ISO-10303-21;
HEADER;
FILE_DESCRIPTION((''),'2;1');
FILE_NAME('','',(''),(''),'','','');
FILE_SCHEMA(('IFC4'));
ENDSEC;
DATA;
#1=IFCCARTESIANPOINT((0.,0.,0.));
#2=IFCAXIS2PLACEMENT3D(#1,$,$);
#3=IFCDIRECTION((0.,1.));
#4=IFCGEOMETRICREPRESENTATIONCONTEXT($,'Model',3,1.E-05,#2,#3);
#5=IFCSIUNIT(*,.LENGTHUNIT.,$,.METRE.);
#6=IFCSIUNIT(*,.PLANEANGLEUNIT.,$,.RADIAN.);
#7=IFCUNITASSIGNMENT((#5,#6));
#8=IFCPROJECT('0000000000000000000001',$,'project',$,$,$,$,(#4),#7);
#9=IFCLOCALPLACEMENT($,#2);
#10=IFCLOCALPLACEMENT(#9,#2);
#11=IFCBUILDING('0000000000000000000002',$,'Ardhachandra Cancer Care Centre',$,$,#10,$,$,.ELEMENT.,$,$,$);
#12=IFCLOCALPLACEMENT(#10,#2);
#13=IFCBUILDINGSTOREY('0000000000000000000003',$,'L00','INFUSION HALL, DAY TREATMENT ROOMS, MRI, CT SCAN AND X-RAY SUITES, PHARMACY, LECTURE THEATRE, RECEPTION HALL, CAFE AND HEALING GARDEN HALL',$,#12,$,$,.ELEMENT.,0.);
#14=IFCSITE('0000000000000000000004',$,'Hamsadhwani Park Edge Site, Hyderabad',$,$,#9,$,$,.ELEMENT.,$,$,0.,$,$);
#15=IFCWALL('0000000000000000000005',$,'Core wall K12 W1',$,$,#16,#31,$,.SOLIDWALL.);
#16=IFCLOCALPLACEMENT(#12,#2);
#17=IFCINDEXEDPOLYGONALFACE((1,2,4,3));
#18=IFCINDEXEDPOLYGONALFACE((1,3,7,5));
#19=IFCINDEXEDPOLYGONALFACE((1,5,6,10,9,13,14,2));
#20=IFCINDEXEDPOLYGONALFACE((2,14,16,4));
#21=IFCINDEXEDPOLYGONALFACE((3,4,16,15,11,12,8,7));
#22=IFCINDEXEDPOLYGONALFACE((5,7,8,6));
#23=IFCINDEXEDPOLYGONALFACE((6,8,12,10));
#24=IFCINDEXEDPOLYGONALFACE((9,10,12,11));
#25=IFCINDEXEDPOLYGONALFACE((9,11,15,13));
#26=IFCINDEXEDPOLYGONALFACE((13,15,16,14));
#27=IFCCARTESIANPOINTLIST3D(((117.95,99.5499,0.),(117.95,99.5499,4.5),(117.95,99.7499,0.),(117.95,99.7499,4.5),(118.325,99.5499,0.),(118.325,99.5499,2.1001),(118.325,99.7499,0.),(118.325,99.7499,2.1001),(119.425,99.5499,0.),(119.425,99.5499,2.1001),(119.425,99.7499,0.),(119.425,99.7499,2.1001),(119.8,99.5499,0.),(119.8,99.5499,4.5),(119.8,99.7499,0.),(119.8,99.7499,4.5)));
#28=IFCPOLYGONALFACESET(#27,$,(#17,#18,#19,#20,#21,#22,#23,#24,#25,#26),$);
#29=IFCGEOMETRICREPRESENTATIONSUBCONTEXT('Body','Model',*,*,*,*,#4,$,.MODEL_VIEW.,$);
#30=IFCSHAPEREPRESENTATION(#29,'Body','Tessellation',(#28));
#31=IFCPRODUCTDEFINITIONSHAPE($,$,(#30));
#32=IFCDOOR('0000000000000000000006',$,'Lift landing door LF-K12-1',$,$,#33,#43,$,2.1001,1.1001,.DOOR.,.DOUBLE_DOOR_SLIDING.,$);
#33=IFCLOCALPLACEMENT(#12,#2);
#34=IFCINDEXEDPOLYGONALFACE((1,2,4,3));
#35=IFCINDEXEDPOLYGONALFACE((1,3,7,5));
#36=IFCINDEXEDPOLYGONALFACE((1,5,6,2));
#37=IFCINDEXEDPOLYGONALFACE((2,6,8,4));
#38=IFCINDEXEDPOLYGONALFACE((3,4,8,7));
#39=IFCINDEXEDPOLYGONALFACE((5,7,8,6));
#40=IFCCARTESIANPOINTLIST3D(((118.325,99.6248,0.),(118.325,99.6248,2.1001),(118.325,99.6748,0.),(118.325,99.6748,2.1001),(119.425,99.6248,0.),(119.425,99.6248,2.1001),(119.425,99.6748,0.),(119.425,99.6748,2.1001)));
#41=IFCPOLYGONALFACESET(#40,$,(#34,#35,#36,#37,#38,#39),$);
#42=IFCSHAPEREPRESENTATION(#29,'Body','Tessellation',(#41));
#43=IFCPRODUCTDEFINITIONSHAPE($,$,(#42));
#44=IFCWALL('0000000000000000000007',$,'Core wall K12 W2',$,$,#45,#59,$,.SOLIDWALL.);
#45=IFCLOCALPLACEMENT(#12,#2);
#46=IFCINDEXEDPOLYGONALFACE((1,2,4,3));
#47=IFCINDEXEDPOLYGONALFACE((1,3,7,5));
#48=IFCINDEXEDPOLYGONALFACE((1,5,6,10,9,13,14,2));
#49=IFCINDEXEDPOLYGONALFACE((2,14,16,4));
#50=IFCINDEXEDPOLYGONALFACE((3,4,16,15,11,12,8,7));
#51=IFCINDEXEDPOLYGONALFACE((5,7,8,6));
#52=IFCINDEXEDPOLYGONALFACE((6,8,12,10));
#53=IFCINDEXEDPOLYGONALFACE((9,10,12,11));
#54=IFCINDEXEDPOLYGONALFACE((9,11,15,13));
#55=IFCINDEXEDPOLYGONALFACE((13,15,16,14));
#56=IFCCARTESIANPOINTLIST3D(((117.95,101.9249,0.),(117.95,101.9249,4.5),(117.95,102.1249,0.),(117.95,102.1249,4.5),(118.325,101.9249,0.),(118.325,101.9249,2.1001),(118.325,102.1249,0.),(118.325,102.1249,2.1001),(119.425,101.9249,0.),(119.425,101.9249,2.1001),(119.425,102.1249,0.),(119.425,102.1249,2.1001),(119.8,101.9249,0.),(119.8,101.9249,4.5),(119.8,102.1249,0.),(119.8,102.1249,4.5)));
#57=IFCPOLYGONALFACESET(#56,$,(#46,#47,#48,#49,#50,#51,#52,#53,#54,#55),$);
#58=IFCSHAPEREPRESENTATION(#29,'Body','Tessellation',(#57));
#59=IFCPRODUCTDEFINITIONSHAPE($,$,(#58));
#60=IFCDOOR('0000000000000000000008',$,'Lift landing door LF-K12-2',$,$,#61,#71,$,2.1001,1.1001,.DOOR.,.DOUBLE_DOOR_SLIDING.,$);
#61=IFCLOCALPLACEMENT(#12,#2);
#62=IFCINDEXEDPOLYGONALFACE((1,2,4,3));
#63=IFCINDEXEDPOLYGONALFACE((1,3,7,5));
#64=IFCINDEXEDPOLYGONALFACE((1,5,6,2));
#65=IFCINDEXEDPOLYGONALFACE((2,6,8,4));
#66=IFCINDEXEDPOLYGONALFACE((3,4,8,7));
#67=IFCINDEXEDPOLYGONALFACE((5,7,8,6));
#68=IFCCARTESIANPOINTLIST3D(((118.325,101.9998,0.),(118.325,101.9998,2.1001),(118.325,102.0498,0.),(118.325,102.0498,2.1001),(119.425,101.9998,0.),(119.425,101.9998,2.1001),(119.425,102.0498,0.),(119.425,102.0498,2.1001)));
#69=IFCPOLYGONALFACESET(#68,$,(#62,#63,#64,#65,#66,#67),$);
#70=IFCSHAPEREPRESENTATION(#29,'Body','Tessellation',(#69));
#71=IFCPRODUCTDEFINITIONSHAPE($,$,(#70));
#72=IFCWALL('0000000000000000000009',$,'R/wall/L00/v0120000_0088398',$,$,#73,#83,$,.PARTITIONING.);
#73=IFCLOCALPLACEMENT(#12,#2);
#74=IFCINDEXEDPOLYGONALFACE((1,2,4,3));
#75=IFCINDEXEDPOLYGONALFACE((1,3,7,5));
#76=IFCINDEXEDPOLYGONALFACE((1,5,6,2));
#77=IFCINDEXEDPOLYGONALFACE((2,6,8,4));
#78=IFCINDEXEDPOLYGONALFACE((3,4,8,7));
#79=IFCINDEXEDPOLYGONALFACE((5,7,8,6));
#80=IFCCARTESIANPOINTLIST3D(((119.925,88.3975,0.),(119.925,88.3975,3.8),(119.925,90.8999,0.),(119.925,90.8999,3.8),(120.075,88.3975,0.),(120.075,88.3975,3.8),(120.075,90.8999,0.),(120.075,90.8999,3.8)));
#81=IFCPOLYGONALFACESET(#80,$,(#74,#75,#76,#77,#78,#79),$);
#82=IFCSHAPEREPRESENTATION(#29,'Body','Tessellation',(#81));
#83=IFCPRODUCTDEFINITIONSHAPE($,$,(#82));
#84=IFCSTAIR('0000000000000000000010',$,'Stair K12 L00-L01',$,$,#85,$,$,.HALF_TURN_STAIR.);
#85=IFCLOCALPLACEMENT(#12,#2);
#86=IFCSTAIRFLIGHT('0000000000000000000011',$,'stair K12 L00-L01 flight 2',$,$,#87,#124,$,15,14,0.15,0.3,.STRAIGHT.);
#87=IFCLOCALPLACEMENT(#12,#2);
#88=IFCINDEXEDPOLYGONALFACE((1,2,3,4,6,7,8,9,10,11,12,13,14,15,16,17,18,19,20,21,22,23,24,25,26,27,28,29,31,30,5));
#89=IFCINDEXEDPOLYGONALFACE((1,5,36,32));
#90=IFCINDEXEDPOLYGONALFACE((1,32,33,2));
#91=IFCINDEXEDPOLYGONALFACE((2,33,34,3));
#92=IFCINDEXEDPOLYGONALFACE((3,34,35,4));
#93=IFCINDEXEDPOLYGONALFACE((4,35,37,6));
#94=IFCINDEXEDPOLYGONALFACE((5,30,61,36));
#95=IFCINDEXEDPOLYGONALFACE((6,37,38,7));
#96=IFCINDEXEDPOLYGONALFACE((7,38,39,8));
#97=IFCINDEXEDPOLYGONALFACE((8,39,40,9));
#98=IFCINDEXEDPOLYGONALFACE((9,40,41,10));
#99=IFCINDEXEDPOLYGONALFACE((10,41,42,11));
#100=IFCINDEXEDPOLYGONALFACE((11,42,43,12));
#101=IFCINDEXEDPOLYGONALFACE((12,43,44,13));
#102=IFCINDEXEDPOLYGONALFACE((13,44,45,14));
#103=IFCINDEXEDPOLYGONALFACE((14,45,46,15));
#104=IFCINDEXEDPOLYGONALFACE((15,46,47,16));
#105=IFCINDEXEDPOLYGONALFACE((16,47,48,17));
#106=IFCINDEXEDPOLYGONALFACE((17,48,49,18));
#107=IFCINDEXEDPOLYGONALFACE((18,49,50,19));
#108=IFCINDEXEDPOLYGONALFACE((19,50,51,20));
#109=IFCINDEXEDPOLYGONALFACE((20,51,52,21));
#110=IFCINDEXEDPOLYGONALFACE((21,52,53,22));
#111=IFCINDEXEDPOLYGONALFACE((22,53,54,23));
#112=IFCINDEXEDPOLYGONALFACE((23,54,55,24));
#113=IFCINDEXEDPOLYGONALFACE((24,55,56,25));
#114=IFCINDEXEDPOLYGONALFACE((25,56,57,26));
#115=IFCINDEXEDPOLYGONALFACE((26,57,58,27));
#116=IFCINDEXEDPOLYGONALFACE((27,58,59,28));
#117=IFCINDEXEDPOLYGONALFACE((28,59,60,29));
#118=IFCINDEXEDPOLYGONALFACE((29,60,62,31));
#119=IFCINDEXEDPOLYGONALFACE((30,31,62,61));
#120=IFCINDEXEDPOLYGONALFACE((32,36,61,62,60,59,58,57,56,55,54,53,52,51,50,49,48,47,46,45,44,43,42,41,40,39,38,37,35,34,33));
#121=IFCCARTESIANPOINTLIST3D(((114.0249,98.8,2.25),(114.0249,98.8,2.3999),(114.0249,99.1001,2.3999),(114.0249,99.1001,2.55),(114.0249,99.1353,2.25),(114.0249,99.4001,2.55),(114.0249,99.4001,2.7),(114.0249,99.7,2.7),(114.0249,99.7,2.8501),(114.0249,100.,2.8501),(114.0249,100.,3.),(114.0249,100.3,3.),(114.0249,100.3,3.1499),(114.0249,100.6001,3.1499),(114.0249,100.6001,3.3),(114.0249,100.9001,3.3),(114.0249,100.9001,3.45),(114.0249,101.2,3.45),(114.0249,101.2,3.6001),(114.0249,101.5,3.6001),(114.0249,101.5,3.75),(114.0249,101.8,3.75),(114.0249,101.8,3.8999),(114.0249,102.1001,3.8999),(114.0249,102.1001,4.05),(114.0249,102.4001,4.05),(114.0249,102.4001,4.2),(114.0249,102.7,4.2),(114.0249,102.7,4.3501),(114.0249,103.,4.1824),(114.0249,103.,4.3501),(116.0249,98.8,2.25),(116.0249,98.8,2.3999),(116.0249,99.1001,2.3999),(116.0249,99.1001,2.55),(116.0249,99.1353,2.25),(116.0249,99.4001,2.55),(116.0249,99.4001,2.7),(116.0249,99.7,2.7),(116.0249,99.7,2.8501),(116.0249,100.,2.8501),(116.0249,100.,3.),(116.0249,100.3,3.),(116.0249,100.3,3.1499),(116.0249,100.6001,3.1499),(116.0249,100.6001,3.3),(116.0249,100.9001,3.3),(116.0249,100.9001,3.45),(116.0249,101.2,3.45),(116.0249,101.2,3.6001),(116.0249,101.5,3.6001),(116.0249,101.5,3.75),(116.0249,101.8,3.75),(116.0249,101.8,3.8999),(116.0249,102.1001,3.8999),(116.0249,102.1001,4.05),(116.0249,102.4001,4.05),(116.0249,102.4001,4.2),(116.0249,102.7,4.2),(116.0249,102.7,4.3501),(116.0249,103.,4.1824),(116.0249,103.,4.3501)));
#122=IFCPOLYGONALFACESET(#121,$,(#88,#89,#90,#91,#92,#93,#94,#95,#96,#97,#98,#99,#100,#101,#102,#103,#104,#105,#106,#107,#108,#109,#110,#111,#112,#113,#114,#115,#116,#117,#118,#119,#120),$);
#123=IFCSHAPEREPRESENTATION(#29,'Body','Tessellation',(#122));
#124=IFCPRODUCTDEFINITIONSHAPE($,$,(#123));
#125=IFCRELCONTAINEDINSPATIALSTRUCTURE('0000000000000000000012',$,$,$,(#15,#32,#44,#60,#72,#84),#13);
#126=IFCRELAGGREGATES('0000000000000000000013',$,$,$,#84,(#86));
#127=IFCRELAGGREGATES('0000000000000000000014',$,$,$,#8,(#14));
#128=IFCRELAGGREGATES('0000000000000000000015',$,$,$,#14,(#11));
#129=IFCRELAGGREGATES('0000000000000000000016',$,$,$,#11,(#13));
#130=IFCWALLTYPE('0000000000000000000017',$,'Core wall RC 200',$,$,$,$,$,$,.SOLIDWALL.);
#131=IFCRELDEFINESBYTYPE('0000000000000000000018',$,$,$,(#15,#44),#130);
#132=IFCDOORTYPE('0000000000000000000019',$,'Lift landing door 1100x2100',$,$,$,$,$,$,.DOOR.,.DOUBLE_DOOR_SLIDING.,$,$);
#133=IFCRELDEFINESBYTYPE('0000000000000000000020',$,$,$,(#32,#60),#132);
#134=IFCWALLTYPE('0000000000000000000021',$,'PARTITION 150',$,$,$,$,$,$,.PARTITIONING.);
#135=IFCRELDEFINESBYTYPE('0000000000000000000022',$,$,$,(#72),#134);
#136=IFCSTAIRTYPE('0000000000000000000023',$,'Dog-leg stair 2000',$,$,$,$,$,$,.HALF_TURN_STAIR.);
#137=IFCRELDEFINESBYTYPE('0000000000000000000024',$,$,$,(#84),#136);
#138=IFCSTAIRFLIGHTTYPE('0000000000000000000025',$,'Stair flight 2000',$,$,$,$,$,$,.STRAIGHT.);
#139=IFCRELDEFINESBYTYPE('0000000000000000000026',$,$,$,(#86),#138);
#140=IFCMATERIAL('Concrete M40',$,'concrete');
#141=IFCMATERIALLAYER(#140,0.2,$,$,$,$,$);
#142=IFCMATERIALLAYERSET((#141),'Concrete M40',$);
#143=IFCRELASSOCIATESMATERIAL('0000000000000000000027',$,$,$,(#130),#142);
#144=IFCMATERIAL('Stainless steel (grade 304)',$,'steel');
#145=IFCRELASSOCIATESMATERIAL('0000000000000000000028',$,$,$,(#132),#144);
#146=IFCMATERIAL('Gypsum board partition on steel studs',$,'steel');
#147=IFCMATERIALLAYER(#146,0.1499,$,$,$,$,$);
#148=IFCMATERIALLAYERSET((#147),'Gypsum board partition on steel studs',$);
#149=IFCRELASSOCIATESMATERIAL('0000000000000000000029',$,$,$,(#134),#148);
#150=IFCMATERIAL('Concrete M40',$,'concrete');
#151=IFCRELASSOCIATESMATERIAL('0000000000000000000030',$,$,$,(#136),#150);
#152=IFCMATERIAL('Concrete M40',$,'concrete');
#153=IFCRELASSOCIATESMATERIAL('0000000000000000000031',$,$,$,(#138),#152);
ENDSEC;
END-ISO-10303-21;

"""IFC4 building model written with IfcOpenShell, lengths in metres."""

from ifc_helpers import new_model, si_unit, direction, frame, frame_2d, origin, place, context, subcontext, project, spatial, polyline, rectangle, outline, extrude, material, layer, layer_set, type_object, element, fill, aggregate, save


model = new_model("IFC4")

# Units and contexts
model_context = context("Model", 3, precision=1e-05, world=origin(), true_north=direction((0.0, 1.0)))
body_context = subcontext(model_context, "Body", "Model", "MODEL_VIEW")
ifc_project = project(units=[si_unit("LENGTHUNIT", "METRE"), si_unit("PLANEANGLEUNIT", "RADIAN")], contexts=[model_context])

# Site, building, storey
site_placement = place(None, origin())
site = spatial("IfcSite", under=ifc_project, at=site_placement, Name="Hamsadhwani Park Edge Site, Hyderabad", CompositionType="ELEMENT", RefElevation=0.0)
building_placement = place(site_placement, origin())
building = spatial("IfcBuilding", under=site, at=building_placement, Name="Ardhachandra Cancer Care Centre", CompositionType="ELEMENT")
storey_placement = place(building_placement, origin())
storey = spatial("IfcBuildingStorey", under=building, at=storey_placement, Name="L00", Description="INFUSION HALL, DAY TREATMENT ROOMS, MRI, CT SCAN AND X-RAY SUITES, PHARMACY, LECTURE THEATRE, RECEPTION HALL, CAFE AND HEALING GARDEN HALL", CompositionType="ELEMENT", Elevation=0.0)

# Shared definitions
ifc_material_1 = material(Name="Concrete M40", Category="concrete")
ifc_layer_1 = layer(ifc_material_1, 0.2)
ifc_layer_set_1 = layer_set([ifc_layer_1], Name="Concrete M40")
wall_type_1 = type_object("IfcWallType", Name="Core wall RC 200", PredefinedType="SOLIDWALL", material=ifc_layer_set_1)

# Walls, openings, doors
wall_1_placement = place(storey_placement, frame((117.95, 99.6499, 0.0), z_axis=(0.0, 0.0, 1.0), x_axis=(1.0, 0.0, 0.0)))
wall_1 = element("IfcWall", 1, at=wall_1_placement, inside=storey, type_object=wall_type_1, Name="Core wall K12 W1", PredefinedType="SOLIDWALL", context=body_context, shape_type="SweptSolid", body=[
    extrude(rectangle(XDim=1.8501, YDim=0.2, at=frame_2d((0.925, 0.0))), origin(), (0.0, 0.0, 1.0), 4.5),
])
opening_1_placement = place(wall_1_placement, frame((0.375, 0.0, 0.0)))
opening_1 = element("IfcOpeningElement", 2, at=opening_1_placement, cuts=wall_1, PredefinedType="OPENING", context=body_context, shape_type="SweptSolid", body=[
    extrude(rectangle(XDim=1.1001, YDim=2.1001, at=frame_2d((0.55, 1.05))), frame((0.0, 0.1099, 0.0), z_axis=(0.0, -1.0, 0.0), x_axis=(1.0, 0.0, 0.0)), (0.0, 0.0, 1.0), 0.22),
])
ifc_material_2 = material(Name="Stainless steel (grade 304)", Category="steel")
door_type_1 = type_object("IfcDoorType", Name="Lift landing door 1100x2100", OperationType="DOUBLE_DOOR_SLIDING", PredefinedType="DOOR", material=ifc_material_2)
door_1_placement = place(opening_1_placement, origin())
door_1 = element("IfcDoor", 3, at=door_1_placement, inside=storey, type_object=door_type_1, Name="Lift landing door LF-K12-1", OperationType="DOUBLE_DOOR_SLIDING", OverallHeight=2.1001, OverallWidth=1.1001, PredefinedType="DOOR", context=body_context, shape_type="SweptSolid", body=[
    extrude(rectangle(XDim=1.1001, YDim=2.1001, at=frame_2d((0.55, 1.05))), frame((0.0, 0.0249, 0.0), z_axis=(0.0, -1.0, 0.0), x_axis=(1.0, 0.0, 0.0)), (0.0, 0.0, 1.0), 0.05),
])
fill(opening_1, door_1)
wall_2_placement = place(storey_placement, frame((117.95, 102.0249, 0.0), z_axis=(0.0, 0.0, 1.0), x_axis=(1.0, 0.0, 0.0)))
wall_2 = element("IfcWall", 4, at=wall_2_placement, inside=storey, type_object=wall_type_1, Name="Core wall K12 W2", PredefinedType="SOLIDWALL", context=body_context, shape_type="SweptSolid", body=[
    extrude(rectangle(XDim=1.8501, YDim=0.2, at=frame_2d((0.925, 0.0))), origin(), (0.0, 0.0, 1.0), 4.5),
])
opening_2_placement = place(wall_2_placement, frame((0.375, 0.0, 0.0)))
opening_2 = element("IfcOpeningElement", 5, at=opening_2_placement, cuts=wall_2, PredefinedType="OPENING", context=body_context, shape_type="SweptSolid", body=[
    extrude(rectangle(XDim=1.1001, YDim=2.1001, at=frame_2d((0.55, 1.05))), frame((0.0, 0.1099, 0.0), z_axis=(0.0, -1.0, 0.0), x_axis=(1.0, 0.0, 0.0)), (0.0, 0.0, 1.0), 0.22),
])
door_2_placement = place(opening_2_placement, origin())
door_2 = element("IfcDoor", 6, at=door_2_placement, inside=storey, type_object=door_type_1, Name="Lift landing door LF-K12-2", OperationType="DOUBLE_DOOR_SLIDING", OverallHeight=2.1001, OverallWidth=1.1001, PredefinedType="DOOR", context=body_context, shape_type="SweptSolid", body=[
    extrude(rectangle(XDim=1.1001, YDim=2.1001, at=frame_2d((0.55, 1.05))), frame((0.0, 0.0249, 0.0), z_axis=(0.0, -1.0, 0.0), x_axis=(1.0, 0.0, 0.0)), (0.0, 0.0, 1.0), 0.05),
])
fill(opening_2, door_2)

# Wall
ifc_material_3 = material(Name="Gypsum board partition on steel studs", Category="steel")
ifc_layer_2 = layer(ifc_material_3, 0.1499)
ifc_layer_set_2 = layer_set([ifc_layer_2], Name="Gypsum board partition on steel studs")
wall_type_2 = type_object("IfcWallType", Name="PARTITION 150", PredefinedType="PARTITIONING", material=ifc_layer_set_2)
wall_3_placement = place(storey_placement, frame((120.0, 88.3975, 0.0), z_axis=(0.0, 0.0, 1.0), x_axis=(0.0, 1.0, 0.0)))
element("IfcWall", 7, at=wall_3_placement, inside=storey, type_object=wall_type_2, Name="R/wall/L00/v0120000_0088398", PredefinedType="PARTITIONING", context=body_context, shape_type="SweptSolid", body=[
    extrude(rectangle(XDim=2.5024, YDim=0.1499, at=frame_2d((1.2512, 0.0))), origin(), (0.0, 0.0, 1.0), 3.8),
])

# Stair, stair flight
ifc_material_4 = material(Name="Concrete M40", Category="concrete")
stair_type = type_object("IfcStairType", Name="Dog-leg stair 2000", PredefinedType="HALF_TURN_STAIR", material=ifc_material_4)
stair_placement = place(storey_placement, origin())
stair = element("IfcStair", 8, at=stair_placement, inside=storey, type_object=stair_type, Name="Stair K12 L00-L01", PredefinedType="HALF_TURN_STAIR")
ifc_material_5 = material(Name="Concrete M40", Category="concrete")
stair_flight_type = type_object("IfcStairFlightType", Name="Stair flight 2000", PredefinedType="STRAIGHT", material=ifc_material_5)
stair_flight_placement = place(storey_placement, frame((115.0249, 98.8, 2.25), z_axis=(0.0, 0.0, 1.0), x_axis=(0.0, 1.0, 0.0)))
stair_flight = element("IfcStairFlight", 9, at=stair_flight_placement, type_object=stair_flight_type, Name="stair K12 L00-L01 flight 2", NumberOfRisers=15, NumberOfTreads=14, PredefinedType="STRAIGHT", RiserHeight=0.15, TreadLength=0.3, context=body_context, shape_type="SweptSolid", body=[
    extrude(outline(polyline([(0.0, 0.0), (0.0, 0.1499), (0.3, 0.1499), (0.3, 0.3), (0.6001, 0.3), (0.6001, 0.45), (0.8999, 0.45), (0.8999, 0.6001), (1.2, 0.6001), (1.2, 0.75), (1.5, 0.75), (1.5, 0.8999), (1.8, 0.8999), (1.8, 1.05), (2.1001, 1.05), (2.1001, 1.2), (2.3999, 1.2), (2.3999, 1.3501), (2.7, 1.3501), (2.7, 1.5), (3.0, 1.5), (3.0, 1.6499), (3.3, 1.6499), (3.3, 1.8), (3.6001, 1.8), (3.6001, 1.95), (3.8999, 1.95), (3.8999, 2.1001), (4.2, 2.1001), (4.2, 2.25), (4.2, 1.9324), (0.3352, 0.0), (0.0, 0.0)])), frame((0.0, 1.0, 0.0), z_axis=(0.0, -1.0, 0.0), x_axis=(1.0, 0.0, 0.0)), (0.0, 0.0, 1.0), 2.0),
])
aggregate(stair, [stair_flight])

save(model, "model.ifc")
